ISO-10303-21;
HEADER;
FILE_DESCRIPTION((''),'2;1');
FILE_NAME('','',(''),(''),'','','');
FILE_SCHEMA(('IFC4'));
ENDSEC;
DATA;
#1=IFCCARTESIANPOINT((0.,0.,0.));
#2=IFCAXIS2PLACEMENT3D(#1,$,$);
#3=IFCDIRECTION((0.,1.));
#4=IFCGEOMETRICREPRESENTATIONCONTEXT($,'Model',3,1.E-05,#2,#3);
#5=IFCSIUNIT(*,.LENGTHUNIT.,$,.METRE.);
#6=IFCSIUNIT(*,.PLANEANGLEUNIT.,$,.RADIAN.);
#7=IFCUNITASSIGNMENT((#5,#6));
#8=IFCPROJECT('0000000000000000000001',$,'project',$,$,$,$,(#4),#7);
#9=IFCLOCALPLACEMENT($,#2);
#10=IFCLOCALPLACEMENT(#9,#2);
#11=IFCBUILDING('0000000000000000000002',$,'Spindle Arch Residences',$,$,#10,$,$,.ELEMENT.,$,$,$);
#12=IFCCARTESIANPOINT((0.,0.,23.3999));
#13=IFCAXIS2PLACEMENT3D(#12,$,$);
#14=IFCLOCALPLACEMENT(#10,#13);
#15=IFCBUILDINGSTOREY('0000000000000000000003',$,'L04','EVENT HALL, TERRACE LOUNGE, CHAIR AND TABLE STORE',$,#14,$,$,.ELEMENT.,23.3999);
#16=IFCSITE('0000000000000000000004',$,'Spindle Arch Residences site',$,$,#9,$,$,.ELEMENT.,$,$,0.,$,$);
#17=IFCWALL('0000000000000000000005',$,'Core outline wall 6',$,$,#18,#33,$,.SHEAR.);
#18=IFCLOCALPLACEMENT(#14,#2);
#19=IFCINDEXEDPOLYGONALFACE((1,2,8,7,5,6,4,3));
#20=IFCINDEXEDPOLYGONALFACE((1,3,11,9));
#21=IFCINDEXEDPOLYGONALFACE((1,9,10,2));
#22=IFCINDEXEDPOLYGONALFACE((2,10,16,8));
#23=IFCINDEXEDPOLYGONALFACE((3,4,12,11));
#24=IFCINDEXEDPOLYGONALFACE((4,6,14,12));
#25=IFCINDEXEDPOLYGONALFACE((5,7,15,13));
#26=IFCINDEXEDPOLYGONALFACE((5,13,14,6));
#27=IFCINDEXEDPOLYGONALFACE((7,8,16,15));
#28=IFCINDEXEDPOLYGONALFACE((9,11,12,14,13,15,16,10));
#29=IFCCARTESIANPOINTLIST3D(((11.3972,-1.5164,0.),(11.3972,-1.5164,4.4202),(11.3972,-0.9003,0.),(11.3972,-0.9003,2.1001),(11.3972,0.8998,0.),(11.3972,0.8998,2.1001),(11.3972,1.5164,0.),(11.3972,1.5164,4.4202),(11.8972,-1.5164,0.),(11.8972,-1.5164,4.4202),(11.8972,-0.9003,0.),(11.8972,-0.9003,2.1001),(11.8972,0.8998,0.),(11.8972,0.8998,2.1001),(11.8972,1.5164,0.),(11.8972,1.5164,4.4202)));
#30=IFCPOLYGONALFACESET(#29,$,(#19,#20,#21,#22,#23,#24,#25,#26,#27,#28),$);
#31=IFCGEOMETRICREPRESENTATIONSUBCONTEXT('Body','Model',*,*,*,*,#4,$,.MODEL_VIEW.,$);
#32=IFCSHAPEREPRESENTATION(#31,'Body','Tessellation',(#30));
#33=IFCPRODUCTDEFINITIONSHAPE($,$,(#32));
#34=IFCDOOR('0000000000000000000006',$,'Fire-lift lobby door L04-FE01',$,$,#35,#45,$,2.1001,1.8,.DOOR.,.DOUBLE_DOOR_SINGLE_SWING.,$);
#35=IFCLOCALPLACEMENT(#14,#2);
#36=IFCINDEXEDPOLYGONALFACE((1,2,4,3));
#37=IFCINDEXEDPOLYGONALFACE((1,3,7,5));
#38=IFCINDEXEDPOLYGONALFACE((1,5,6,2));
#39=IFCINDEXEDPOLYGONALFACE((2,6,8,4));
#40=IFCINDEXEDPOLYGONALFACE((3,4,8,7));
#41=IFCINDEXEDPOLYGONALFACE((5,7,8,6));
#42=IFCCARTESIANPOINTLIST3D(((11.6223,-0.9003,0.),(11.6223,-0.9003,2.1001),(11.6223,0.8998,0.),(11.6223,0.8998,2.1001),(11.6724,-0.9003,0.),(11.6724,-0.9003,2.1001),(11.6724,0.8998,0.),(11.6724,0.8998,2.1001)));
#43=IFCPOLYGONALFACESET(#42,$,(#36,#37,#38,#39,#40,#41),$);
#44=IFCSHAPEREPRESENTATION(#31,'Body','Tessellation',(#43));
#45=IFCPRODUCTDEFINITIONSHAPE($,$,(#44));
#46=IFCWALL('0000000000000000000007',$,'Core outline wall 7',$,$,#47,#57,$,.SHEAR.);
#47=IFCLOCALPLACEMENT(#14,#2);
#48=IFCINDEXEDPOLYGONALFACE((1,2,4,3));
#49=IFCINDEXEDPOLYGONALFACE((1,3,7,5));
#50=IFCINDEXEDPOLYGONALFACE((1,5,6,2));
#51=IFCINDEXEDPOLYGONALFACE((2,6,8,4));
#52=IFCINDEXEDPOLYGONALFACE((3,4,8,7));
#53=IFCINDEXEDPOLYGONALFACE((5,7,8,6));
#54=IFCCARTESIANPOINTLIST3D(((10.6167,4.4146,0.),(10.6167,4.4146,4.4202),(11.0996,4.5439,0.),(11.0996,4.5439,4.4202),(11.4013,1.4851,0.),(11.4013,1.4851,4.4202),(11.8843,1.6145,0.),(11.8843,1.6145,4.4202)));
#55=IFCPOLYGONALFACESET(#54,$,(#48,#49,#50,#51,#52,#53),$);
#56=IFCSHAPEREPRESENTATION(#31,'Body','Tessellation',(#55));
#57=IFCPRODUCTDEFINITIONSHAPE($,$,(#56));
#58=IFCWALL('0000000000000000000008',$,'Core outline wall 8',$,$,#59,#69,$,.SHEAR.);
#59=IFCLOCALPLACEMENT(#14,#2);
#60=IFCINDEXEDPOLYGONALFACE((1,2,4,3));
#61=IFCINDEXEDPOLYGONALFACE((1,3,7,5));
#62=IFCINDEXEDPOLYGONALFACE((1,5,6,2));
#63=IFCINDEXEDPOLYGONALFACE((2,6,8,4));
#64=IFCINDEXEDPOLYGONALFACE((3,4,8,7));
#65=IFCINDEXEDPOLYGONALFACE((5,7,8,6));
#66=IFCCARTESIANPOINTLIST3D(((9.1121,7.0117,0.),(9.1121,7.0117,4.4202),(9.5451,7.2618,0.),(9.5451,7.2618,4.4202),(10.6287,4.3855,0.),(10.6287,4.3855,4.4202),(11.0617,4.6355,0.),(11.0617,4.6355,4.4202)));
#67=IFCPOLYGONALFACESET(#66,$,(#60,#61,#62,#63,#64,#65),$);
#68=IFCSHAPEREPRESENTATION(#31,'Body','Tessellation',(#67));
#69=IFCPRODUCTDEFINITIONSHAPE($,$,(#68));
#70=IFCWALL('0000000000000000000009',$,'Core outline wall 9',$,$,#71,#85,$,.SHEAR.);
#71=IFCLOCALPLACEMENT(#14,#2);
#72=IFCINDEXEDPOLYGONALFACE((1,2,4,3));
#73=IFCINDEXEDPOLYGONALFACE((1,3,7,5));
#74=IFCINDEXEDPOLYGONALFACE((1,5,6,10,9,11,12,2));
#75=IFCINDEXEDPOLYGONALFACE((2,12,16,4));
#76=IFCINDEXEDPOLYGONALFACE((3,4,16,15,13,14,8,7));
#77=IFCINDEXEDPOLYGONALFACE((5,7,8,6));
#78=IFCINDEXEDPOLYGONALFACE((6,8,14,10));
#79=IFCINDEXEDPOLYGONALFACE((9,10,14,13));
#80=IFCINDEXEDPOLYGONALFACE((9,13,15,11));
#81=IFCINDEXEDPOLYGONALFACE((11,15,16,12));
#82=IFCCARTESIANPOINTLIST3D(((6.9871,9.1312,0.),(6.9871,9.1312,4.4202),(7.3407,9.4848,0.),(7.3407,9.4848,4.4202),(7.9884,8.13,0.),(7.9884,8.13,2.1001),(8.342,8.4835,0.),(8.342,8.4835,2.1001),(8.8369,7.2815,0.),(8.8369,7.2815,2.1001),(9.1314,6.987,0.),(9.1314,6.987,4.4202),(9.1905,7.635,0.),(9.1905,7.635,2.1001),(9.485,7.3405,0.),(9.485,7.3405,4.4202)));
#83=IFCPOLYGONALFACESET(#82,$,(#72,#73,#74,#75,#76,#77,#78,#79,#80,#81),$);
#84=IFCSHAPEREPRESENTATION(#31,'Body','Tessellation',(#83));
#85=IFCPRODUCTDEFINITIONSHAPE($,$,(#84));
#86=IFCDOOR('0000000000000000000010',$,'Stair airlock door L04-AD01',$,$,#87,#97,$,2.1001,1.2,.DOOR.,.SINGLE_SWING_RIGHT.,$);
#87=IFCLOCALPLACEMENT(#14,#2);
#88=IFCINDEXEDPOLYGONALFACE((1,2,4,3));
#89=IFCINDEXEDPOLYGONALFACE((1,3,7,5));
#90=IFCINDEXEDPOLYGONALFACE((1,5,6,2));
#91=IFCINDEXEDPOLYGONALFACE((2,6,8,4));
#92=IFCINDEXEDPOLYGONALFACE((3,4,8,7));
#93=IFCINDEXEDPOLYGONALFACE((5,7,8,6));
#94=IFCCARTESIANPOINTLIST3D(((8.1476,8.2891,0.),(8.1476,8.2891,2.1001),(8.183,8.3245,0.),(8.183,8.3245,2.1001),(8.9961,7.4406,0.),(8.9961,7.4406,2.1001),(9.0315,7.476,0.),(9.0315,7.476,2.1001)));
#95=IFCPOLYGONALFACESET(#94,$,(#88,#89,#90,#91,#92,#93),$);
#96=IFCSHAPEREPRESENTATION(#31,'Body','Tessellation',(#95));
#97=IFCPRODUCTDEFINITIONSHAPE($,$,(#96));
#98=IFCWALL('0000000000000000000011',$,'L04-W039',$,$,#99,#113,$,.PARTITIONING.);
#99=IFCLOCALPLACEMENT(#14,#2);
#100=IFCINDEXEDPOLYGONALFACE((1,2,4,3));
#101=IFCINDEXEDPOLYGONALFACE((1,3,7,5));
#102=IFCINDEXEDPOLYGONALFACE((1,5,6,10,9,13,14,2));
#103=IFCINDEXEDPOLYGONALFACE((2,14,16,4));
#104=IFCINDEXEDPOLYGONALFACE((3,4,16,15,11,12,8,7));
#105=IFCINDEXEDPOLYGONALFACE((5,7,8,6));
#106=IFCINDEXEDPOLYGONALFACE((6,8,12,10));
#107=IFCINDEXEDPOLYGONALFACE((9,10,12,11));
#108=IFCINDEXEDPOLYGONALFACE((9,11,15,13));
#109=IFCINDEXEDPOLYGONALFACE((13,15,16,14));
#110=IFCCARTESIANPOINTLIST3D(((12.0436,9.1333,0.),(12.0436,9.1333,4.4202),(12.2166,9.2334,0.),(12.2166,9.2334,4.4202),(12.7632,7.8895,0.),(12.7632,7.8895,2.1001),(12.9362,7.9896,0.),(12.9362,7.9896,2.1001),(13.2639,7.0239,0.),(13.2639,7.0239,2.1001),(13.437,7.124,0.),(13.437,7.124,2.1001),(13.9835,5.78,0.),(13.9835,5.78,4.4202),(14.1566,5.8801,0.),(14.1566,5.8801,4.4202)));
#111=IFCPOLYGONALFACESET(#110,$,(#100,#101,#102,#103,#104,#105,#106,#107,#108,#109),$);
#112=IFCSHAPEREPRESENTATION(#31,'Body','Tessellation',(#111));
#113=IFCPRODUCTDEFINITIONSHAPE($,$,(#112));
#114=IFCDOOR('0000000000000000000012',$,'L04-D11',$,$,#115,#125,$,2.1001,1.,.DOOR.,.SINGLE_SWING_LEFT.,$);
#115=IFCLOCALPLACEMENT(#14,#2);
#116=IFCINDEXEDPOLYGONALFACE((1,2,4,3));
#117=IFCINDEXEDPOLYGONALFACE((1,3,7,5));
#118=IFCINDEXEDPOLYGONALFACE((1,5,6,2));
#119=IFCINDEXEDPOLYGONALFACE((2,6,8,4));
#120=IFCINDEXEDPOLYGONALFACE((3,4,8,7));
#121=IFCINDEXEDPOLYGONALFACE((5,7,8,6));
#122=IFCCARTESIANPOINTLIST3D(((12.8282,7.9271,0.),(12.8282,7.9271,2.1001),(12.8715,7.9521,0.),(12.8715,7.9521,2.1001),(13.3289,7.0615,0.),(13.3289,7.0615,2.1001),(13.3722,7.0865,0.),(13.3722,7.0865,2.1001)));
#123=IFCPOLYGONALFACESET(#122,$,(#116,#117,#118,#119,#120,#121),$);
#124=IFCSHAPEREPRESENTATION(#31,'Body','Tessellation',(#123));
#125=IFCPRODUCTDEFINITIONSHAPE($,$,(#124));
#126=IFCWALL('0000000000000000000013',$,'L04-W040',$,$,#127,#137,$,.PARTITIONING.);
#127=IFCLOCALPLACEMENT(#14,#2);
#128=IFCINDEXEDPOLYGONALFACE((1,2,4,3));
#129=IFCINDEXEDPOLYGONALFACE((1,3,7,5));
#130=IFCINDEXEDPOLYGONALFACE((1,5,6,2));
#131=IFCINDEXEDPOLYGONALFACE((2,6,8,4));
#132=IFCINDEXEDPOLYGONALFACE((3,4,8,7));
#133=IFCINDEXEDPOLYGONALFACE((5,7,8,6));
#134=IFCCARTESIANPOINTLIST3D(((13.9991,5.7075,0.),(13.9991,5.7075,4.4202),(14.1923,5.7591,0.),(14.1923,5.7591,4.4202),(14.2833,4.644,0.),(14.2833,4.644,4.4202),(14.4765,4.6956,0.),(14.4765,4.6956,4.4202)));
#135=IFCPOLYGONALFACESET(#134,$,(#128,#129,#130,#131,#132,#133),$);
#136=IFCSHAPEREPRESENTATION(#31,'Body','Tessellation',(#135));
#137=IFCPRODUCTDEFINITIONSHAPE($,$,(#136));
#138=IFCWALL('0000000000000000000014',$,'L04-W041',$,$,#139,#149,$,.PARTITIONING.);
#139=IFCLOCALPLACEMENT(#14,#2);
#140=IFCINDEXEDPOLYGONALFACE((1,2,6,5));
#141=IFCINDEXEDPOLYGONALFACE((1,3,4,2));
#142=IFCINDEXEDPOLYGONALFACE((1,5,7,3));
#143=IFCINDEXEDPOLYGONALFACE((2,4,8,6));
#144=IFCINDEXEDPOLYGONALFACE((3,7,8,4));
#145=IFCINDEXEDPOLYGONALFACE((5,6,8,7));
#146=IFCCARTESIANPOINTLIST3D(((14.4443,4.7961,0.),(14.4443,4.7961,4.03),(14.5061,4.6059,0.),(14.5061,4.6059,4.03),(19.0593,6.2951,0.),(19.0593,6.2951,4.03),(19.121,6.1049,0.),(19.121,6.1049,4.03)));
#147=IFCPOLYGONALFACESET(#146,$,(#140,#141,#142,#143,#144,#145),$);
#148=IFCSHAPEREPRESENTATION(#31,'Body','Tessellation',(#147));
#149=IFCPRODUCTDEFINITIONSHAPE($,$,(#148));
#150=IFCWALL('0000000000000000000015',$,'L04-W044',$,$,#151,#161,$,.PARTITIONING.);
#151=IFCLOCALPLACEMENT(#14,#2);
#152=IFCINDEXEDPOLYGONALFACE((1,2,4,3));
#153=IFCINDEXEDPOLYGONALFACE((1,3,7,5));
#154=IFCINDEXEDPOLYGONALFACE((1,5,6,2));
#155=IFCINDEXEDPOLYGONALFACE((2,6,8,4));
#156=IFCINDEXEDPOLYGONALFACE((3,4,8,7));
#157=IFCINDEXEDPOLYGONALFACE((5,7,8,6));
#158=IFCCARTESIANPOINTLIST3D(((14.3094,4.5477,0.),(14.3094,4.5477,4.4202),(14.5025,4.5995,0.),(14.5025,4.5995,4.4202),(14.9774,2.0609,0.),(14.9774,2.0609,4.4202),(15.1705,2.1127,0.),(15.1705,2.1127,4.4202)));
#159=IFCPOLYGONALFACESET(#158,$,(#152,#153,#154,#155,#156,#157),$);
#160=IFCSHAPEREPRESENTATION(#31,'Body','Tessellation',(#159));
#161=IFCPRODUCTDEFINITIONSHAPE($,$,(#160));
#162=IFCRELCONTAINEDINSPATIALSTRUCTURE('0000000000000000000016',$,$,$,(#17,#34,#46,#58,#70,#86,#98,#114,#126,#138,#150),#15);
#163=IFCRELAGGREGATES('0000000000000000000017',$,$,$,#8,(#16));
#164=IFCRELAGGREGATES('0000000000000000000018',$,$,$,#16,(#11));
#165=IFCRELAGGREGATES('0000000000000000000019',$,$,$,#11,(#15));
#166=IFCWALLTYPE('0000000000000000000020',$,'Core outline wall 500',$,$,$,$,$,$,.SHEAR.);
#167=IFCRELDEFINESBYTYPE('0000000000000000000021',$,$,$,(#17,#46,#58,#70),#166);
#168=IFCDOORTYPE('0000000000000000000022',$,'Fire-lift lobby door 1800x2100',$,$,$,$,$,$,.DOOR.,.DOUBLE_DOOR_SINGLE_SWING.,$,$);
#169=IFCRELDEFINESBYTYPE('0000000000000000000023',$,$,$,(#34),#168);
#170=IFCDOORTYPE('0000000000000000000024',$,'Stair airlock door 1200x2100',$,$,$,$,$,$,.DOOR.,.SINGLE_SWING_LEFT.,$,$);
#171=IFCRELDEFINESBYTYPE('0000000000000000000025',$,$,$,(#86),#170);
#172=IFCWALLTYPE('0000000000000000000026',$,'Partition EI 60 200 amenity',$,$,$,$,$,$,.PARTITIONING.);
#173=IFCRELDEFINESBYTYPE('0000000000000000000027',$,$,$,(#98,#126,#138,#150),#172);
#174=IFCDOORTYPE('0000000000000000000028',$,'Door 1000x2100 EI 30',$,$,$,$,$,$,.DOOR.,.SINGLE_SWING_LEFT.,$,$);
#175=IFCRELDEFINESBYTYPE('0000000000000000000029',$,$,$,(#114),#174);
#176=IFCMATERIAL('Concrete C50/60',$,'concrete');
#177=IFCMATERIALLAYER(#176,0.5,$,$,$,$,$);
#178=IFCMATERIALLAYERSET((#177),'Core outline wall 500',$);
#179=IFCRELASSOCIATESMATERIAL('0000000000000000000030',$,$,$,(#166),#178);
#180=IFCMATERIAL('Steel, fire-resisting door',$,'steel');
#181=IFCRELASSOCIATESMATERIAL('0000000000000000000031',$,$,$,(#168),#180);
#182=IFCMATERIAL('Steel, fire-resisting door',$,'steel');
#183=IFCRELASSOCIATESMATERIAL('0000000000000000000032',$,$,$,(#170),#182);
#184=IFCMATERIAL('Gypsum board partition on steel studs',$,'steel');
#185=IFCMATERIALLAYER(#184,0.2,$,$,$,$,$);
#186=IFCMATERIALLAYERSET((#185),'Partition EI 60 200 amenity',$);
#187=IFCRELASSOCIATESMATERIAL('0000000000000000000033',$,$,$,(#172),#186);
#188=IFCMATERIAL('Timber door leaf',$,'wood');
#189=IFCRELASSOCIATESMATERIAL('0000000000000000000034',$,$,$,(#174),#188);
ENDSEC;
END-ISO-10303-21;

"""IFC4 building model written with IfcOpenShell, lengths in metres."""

from ifc_helpers import new_model, si_unit, direction, frame, frame_2d, origin, place, context, subcontext, project, spatial, rectangle, extrude, material, layer, layer_set, type_object, element, fill, save


model = new_model("IFC4")

# Units and contexts
model_context = context("Model", 3, precision=1e-05, world=origin(), true_north=direction((0.0, 1.0)))
body_context = subcontext(model_context, "Body", "Model", "MODEL_VIEW")
ifc_project = project(units=[si_unit("LENGTHUNIT", "METRE"), si_unit("PLANEANGLEUNIT", "RADIAN")], contexts=[model_context])

# Site, building, storey
site_placement = place(None, origin())
site = spatial("IfcSite", under=ifc_project, at=site_placement, Name="Spindle Arch Residences site", CompositionType="ELEMENT", RefElevation=0.0)
building_placement = place(site_placement, origin())
building = spatial("IfcBuilding", under=site, at=building_placement, Name="Spindle Arch Residences", CompositionType="ELEMENT")
storey_placement = place(building_placement, frame((0.0, 0.0, 23.3999)))
storey = spatial("IfcBuildingStorey", under=building, at=storey_placement, Name="L04", Description="EVENT HALL, TERRACE LOUNGE, CHAIR AND TABLE STORE", CompositionType="ELEMENT", Elevation=23.3999)

# Wall, opening, door
ifc_material_1 = material(Name="Concrete C50/60", Category="concrete")
ifc_layer_1 = layer(ifc_material_1, 0.5)
ifc_layer_set_1 = layer_set([ifc_layer_1], Name="Core outline wall 500")
wall_type_1 = type_object("IfcWallType", Name="Core outline wall 500", PredefinedType="SHEAR", material=ifc_layer_set_1)
wall_1_placement = place(storey_placement, frame((11.6472, -1.5164, 0.0), z_axis=(0.0, 0.0, 1.0), x_axis=(0.0, 1.0, 0.0)))
wall_1 = element("IfcWall", 1, at=wall_1_placement, inside=storey, type_object=wall_type_1, Name="Core outline wall 6", PredefinedType="SHEAR", context=body_context, shape_type="SweptSolid", body=[
    extrude(rectangle(XDim=3.0327, YDim=0.5, at=frame_2d((1.5164, 0.0))), origin(), (0.0, 0.0, 1.0), 4.4202),
])
opening_1_placement = place(wall_1_placement, frame((0.6162, 0.0, 0.0)))
opening_1 = element("IfcOpeningElement", 2, at=opening_1_placement, cuts=wall_1, PredefinedType="OPENING", context=body_context, shape_type="SweptSolid", body=[
    extrude(rectangle(XDim=1.8, YDim=2.1001, at=frame_2d((0.8999, 1.05))), frame((0.0, 0.26, 0.0), z_axis=(0.0, -1.0, 0.0), x_axis=(1.0, 0.0, 0.0)), (0.0, 0.0, 1.0), 0.52),
])
ifc_material_2 = material(Name="Steel, fire-resisting door", Category="steel")
door_type_1 = type_object("IfcDoorType", Name="Fire-lift lobby door 1800x2100", OperationType="DOUBLE_DOOR_SINGLE_SWING", PredefinedType="DOOR", material=ifc_material_2)
door_1_placement = place(opening_1_placement, origin())
door_1 = element("IfcDoor", 3, at=door_1_placement, inside=storey, type_object=door_type_1, Name="Fire-lift lobby door L04-FE01", OperationType="DOUBLE_DOOR_SINGLE_SWING", OverallHeight=2.1001, OverallWidth=1.8, PredefinedType="DOOR", context=body_context, shape_type="SweptSolid", body=[
    extrude(rectangle(XDim=1.8, YDim=2.1001, at=frame_2d((0.8999, 1.05))), frame((0.0, 0.0249, 0.0), z_axis=(0.0, -1.0, 0.0), x_axis=(1.0, 0.0, 0.0)), (0.0, 0.0, 1.0), 0.05),
])
fill(opening_1, door_1)

# Walls
for number, where, z_axis, x_axis, name in (
    (4, (11.6428, 1.5498, 0.0), (0.0, 0.0, 1.0), (-0.258735, 0.965948, 0.0), "Core outline wall 7"),
    (5, (10.8452, 4.5105, 0.0), (0.0, 0.0, 1.0), (-0.500087, 0.865975, 0.0), "Core outline wall 8"),
):
    element("IfcWall", number, at=place(storey_placement, frame(where, z_axis=z_axis, x_axis=x_axis)), inside=storey, type_object=wall_type_1, Name=name, PredefinedType="SHEAR", context=body_context, shape_type="SweptSolid", body=[
        extrude(rectangle(XDim=3.0327, YDim=0.5, at=frame_2d((1.5164, 0.0))), origin(), (0.0, 0.0, 1.0), 4.4202),
    ])

# Walls, openings, doors
wall_2_placement = place(storey_placement, frame((9.3081, 7.1638, 0.0), z_axis=(0.0, 0.0, 1.0), x_axis=(-0.707107, 0.707107, 0.0)))
wall_2 = element("IfcWall", 6, at=wall_2_placement, inside=storey, type_object=wall_type_1, Name="Core outline wall 9", PredefinedType="SHEAR", context=body_context, shape_type="SweptSolid", body=[
    extrude(rectangle(XDim=3.0325, YDim=0.5, at=frame_2d((1.5161, 0.0))), origin(), (0.0, 0.0, 1.0), 4.4202),
])
opening_2_placement = place(wall_2_placement, frame((0.4163, 0.0, 0.0)))
opening_2 = element("IfcOpeningElement", 7, at=opening_2_placement, cuts=wall_2, PredefinedType="OPENING", context=body_context, shape_type="SweptSolid", body=[
    extrude(rectangle(XDim=1.2, YDim=2.1001, at=frame_2d((0.6001, 1.05))), frame((0.0, 0.26, 0.0), z_axis=(0.0, -1.0, 0.0), x_axis=(1.0, 0.0, 0.0)), (0.0, 0.0, 1.0), 0.52),
])
ifc_material_3 = material(Name="Steel, fire-resisting door", Category="steel")
door_type_2 = type_object("IfcDoorType", Name="Stair airlock door 1200x2100", OperationType="SINGLE_SWING_LEFT", PredefinedType="DOOR", material=ifc_material_3)
door_2_placement = place(opening_2_placement, origin())
door_2 = element("IfcDoor", 8, at=door_2_placement, inside=storey, type_object=door_type_2, Name="Stair airlock door L04-AD01", OperationType="SINGLE_SWING_RIGHT", OverallHeight=2.1001, OverallWidth=1.2, PredefinedType="DOOR", context=body_context, shape_type="SweptSolid", body=[
    extrude(rectangle(XDim=1.2, YDim=2.1001, at=frame_2d((0.6001, 1.05))), frame((0.0, 0.0249, 0.0), z_axis=(0.0, -1.0, 0.0), x_axis=(1.0, 0.0, 0.0)), (0.0, 0.0, 1.0), 0.05),
])
fill(opening_2, door_2)
ifc_material_4 = material(Name="Gypsum board partition on steel studs", Category="steel")
ifc_layer_2 = layer(ifc_material_4, 0.2)
ifc_layer_set_2 = layer_set([ifc_layer_2], Name="Partition EI 60 200 amenity")
wall_type_2 = type_object("IfcWallType", Name="Partition EI 60 200 amenity", PredefinedType="PARTITIONING", material=ifc_layer_set_2)
wall_3_placement = place(storey_placement, frame((14.0701, 5.8301, 0.0), z_axis=(0.0, 0.0, 1.0), x_axis=(-0.50076, 0.865586, 0.0)))
wall_3 = element("IfcWall", 9, at=wall_3_placement, inside=storey, type_object=wall_type_2, Name="L04-W039", PredefinedType="PARTITIONING", context=body_context, shape_type="SweptSolid", body=[
    extrude(rectangle(XDim=3.874, YDim=0.2, at=frame_2d((1.937, 0.0))), origin(), (0.0, 0.0, 1.0), 4.4202),
])
opening_3_placement = place(wall_3_placement, frame((1.437, 0.0, 0.0)))
opening_3 = element("IfcOpeningElement", 10, at=opening_3_placement, cuts=wall_3, PredefinedType="OPENING", context=body_context, shape_type="SweptSolid", body=[
    extrude(rectangle(XDim=1.0, YDim=2.1001, at=frame_2d((0.5, 1.05))), frame((0.0, 0.1099, 0.0), z_axis=(0.0, -1.0, 0.0), x_axis=(1.0, 0.0, 0.0)), (0.0, 0.0, 1.0), 0.22),
])
ifc_material_5 = material(Name="Timber door leaf", Category="wood")
door_type_3 = type_object("IfcDoorType", Name="Door 1000x2100 EI 30", OperationType="SINGLE_SWING_LEFT", PredefinedType="DOOR", material=ifc_material_5)
door_3_placement = place(opening_3_placement, origin())
door_3 = element("IfcDoor", 11, at=door_3_placement, inside=storey, type_object=door_type_3, Name="L04-D11", OperationType="SINGLE_SWING_LEFT", OverallHeight=2.1001, OverallWidth=1.0, PredefinedType="DOOR", context=body_context, shape_type="SweptSolid", body=[
    extrude(rectangle(XDim=1.0, YDim=2.1001, at=frame_2d((0.5, 1.05))), frame((0.0, 0.0249, 0.0), z_axis=(0.0, -1.0, 0.0), x_axis=(1.0, 0.0, 0.0)), (0.0, 0.0, 1.0), 0.05),
])
fill(opening_3, door_3)

# Walls
wall_4_placement = place(storey_placement, frame((14.3799, 4.6699, 0.0), z_axis=(0.0, 0.0, 1.0), x_axis=(-0.25816, 0.966102, 0.0)))
element("IfcWall", 12, at=wall_4_placement, inside=storey, type_object=wall_type_2, Name="L04-W040", PredefinedType="PARTITIONING", context=body_context, shape_type="SweptSolid", body=[
    extrude(rectangle(XDim=1.1008, YDim=0.2, at=frame_2d((0.5503, 0.0))), origin(), (0.0, 0.0, 1.0), 4.4202),
])
wall_5_placement = place(storey_placement, frame((14.4751, 4.7009, 0.0), z_axis=(0.0, 0.0, 1.0), x_axis=(0.951085, 0.308928, 0.0)))
element("IfcWall", 13, at=wall_5_placement, inside=storey, type_object=wall_type_2, Name="L04-W041", PredefinedType="PARTITIONING", context=body_context, shape_type="SweptSolid", body=[
    extrude(rectangle(XDim=4.8523, YDim=0.2, at=frame_2d((2.4263, 0.0))), origin(), (0.0, 0.0, 1.0), 4.03),
])
wall_6_placement = place(storey_placement, frame((15.074, 2.0867, 0.0), z_axis=(0.0, 0.0, 1.0), x_axis=(-0.259409, 0.965768, 0.0)))
element("IfcWall", 14, at=wall_6_placement, inside=storey, type_object=wall_type_2, Name="L04-W044", PredefinedType="PARTITIONING", context=body_context, shape_type="SweptSolid", body=[
    extrude(rectangle(XDim=2.575, YDim=0.2, at=frame_2d((1.2876, 0.0))), origin(), (0.0, 0.0, 1.0), 4.4202),
])

save(model, "model.ifc")
